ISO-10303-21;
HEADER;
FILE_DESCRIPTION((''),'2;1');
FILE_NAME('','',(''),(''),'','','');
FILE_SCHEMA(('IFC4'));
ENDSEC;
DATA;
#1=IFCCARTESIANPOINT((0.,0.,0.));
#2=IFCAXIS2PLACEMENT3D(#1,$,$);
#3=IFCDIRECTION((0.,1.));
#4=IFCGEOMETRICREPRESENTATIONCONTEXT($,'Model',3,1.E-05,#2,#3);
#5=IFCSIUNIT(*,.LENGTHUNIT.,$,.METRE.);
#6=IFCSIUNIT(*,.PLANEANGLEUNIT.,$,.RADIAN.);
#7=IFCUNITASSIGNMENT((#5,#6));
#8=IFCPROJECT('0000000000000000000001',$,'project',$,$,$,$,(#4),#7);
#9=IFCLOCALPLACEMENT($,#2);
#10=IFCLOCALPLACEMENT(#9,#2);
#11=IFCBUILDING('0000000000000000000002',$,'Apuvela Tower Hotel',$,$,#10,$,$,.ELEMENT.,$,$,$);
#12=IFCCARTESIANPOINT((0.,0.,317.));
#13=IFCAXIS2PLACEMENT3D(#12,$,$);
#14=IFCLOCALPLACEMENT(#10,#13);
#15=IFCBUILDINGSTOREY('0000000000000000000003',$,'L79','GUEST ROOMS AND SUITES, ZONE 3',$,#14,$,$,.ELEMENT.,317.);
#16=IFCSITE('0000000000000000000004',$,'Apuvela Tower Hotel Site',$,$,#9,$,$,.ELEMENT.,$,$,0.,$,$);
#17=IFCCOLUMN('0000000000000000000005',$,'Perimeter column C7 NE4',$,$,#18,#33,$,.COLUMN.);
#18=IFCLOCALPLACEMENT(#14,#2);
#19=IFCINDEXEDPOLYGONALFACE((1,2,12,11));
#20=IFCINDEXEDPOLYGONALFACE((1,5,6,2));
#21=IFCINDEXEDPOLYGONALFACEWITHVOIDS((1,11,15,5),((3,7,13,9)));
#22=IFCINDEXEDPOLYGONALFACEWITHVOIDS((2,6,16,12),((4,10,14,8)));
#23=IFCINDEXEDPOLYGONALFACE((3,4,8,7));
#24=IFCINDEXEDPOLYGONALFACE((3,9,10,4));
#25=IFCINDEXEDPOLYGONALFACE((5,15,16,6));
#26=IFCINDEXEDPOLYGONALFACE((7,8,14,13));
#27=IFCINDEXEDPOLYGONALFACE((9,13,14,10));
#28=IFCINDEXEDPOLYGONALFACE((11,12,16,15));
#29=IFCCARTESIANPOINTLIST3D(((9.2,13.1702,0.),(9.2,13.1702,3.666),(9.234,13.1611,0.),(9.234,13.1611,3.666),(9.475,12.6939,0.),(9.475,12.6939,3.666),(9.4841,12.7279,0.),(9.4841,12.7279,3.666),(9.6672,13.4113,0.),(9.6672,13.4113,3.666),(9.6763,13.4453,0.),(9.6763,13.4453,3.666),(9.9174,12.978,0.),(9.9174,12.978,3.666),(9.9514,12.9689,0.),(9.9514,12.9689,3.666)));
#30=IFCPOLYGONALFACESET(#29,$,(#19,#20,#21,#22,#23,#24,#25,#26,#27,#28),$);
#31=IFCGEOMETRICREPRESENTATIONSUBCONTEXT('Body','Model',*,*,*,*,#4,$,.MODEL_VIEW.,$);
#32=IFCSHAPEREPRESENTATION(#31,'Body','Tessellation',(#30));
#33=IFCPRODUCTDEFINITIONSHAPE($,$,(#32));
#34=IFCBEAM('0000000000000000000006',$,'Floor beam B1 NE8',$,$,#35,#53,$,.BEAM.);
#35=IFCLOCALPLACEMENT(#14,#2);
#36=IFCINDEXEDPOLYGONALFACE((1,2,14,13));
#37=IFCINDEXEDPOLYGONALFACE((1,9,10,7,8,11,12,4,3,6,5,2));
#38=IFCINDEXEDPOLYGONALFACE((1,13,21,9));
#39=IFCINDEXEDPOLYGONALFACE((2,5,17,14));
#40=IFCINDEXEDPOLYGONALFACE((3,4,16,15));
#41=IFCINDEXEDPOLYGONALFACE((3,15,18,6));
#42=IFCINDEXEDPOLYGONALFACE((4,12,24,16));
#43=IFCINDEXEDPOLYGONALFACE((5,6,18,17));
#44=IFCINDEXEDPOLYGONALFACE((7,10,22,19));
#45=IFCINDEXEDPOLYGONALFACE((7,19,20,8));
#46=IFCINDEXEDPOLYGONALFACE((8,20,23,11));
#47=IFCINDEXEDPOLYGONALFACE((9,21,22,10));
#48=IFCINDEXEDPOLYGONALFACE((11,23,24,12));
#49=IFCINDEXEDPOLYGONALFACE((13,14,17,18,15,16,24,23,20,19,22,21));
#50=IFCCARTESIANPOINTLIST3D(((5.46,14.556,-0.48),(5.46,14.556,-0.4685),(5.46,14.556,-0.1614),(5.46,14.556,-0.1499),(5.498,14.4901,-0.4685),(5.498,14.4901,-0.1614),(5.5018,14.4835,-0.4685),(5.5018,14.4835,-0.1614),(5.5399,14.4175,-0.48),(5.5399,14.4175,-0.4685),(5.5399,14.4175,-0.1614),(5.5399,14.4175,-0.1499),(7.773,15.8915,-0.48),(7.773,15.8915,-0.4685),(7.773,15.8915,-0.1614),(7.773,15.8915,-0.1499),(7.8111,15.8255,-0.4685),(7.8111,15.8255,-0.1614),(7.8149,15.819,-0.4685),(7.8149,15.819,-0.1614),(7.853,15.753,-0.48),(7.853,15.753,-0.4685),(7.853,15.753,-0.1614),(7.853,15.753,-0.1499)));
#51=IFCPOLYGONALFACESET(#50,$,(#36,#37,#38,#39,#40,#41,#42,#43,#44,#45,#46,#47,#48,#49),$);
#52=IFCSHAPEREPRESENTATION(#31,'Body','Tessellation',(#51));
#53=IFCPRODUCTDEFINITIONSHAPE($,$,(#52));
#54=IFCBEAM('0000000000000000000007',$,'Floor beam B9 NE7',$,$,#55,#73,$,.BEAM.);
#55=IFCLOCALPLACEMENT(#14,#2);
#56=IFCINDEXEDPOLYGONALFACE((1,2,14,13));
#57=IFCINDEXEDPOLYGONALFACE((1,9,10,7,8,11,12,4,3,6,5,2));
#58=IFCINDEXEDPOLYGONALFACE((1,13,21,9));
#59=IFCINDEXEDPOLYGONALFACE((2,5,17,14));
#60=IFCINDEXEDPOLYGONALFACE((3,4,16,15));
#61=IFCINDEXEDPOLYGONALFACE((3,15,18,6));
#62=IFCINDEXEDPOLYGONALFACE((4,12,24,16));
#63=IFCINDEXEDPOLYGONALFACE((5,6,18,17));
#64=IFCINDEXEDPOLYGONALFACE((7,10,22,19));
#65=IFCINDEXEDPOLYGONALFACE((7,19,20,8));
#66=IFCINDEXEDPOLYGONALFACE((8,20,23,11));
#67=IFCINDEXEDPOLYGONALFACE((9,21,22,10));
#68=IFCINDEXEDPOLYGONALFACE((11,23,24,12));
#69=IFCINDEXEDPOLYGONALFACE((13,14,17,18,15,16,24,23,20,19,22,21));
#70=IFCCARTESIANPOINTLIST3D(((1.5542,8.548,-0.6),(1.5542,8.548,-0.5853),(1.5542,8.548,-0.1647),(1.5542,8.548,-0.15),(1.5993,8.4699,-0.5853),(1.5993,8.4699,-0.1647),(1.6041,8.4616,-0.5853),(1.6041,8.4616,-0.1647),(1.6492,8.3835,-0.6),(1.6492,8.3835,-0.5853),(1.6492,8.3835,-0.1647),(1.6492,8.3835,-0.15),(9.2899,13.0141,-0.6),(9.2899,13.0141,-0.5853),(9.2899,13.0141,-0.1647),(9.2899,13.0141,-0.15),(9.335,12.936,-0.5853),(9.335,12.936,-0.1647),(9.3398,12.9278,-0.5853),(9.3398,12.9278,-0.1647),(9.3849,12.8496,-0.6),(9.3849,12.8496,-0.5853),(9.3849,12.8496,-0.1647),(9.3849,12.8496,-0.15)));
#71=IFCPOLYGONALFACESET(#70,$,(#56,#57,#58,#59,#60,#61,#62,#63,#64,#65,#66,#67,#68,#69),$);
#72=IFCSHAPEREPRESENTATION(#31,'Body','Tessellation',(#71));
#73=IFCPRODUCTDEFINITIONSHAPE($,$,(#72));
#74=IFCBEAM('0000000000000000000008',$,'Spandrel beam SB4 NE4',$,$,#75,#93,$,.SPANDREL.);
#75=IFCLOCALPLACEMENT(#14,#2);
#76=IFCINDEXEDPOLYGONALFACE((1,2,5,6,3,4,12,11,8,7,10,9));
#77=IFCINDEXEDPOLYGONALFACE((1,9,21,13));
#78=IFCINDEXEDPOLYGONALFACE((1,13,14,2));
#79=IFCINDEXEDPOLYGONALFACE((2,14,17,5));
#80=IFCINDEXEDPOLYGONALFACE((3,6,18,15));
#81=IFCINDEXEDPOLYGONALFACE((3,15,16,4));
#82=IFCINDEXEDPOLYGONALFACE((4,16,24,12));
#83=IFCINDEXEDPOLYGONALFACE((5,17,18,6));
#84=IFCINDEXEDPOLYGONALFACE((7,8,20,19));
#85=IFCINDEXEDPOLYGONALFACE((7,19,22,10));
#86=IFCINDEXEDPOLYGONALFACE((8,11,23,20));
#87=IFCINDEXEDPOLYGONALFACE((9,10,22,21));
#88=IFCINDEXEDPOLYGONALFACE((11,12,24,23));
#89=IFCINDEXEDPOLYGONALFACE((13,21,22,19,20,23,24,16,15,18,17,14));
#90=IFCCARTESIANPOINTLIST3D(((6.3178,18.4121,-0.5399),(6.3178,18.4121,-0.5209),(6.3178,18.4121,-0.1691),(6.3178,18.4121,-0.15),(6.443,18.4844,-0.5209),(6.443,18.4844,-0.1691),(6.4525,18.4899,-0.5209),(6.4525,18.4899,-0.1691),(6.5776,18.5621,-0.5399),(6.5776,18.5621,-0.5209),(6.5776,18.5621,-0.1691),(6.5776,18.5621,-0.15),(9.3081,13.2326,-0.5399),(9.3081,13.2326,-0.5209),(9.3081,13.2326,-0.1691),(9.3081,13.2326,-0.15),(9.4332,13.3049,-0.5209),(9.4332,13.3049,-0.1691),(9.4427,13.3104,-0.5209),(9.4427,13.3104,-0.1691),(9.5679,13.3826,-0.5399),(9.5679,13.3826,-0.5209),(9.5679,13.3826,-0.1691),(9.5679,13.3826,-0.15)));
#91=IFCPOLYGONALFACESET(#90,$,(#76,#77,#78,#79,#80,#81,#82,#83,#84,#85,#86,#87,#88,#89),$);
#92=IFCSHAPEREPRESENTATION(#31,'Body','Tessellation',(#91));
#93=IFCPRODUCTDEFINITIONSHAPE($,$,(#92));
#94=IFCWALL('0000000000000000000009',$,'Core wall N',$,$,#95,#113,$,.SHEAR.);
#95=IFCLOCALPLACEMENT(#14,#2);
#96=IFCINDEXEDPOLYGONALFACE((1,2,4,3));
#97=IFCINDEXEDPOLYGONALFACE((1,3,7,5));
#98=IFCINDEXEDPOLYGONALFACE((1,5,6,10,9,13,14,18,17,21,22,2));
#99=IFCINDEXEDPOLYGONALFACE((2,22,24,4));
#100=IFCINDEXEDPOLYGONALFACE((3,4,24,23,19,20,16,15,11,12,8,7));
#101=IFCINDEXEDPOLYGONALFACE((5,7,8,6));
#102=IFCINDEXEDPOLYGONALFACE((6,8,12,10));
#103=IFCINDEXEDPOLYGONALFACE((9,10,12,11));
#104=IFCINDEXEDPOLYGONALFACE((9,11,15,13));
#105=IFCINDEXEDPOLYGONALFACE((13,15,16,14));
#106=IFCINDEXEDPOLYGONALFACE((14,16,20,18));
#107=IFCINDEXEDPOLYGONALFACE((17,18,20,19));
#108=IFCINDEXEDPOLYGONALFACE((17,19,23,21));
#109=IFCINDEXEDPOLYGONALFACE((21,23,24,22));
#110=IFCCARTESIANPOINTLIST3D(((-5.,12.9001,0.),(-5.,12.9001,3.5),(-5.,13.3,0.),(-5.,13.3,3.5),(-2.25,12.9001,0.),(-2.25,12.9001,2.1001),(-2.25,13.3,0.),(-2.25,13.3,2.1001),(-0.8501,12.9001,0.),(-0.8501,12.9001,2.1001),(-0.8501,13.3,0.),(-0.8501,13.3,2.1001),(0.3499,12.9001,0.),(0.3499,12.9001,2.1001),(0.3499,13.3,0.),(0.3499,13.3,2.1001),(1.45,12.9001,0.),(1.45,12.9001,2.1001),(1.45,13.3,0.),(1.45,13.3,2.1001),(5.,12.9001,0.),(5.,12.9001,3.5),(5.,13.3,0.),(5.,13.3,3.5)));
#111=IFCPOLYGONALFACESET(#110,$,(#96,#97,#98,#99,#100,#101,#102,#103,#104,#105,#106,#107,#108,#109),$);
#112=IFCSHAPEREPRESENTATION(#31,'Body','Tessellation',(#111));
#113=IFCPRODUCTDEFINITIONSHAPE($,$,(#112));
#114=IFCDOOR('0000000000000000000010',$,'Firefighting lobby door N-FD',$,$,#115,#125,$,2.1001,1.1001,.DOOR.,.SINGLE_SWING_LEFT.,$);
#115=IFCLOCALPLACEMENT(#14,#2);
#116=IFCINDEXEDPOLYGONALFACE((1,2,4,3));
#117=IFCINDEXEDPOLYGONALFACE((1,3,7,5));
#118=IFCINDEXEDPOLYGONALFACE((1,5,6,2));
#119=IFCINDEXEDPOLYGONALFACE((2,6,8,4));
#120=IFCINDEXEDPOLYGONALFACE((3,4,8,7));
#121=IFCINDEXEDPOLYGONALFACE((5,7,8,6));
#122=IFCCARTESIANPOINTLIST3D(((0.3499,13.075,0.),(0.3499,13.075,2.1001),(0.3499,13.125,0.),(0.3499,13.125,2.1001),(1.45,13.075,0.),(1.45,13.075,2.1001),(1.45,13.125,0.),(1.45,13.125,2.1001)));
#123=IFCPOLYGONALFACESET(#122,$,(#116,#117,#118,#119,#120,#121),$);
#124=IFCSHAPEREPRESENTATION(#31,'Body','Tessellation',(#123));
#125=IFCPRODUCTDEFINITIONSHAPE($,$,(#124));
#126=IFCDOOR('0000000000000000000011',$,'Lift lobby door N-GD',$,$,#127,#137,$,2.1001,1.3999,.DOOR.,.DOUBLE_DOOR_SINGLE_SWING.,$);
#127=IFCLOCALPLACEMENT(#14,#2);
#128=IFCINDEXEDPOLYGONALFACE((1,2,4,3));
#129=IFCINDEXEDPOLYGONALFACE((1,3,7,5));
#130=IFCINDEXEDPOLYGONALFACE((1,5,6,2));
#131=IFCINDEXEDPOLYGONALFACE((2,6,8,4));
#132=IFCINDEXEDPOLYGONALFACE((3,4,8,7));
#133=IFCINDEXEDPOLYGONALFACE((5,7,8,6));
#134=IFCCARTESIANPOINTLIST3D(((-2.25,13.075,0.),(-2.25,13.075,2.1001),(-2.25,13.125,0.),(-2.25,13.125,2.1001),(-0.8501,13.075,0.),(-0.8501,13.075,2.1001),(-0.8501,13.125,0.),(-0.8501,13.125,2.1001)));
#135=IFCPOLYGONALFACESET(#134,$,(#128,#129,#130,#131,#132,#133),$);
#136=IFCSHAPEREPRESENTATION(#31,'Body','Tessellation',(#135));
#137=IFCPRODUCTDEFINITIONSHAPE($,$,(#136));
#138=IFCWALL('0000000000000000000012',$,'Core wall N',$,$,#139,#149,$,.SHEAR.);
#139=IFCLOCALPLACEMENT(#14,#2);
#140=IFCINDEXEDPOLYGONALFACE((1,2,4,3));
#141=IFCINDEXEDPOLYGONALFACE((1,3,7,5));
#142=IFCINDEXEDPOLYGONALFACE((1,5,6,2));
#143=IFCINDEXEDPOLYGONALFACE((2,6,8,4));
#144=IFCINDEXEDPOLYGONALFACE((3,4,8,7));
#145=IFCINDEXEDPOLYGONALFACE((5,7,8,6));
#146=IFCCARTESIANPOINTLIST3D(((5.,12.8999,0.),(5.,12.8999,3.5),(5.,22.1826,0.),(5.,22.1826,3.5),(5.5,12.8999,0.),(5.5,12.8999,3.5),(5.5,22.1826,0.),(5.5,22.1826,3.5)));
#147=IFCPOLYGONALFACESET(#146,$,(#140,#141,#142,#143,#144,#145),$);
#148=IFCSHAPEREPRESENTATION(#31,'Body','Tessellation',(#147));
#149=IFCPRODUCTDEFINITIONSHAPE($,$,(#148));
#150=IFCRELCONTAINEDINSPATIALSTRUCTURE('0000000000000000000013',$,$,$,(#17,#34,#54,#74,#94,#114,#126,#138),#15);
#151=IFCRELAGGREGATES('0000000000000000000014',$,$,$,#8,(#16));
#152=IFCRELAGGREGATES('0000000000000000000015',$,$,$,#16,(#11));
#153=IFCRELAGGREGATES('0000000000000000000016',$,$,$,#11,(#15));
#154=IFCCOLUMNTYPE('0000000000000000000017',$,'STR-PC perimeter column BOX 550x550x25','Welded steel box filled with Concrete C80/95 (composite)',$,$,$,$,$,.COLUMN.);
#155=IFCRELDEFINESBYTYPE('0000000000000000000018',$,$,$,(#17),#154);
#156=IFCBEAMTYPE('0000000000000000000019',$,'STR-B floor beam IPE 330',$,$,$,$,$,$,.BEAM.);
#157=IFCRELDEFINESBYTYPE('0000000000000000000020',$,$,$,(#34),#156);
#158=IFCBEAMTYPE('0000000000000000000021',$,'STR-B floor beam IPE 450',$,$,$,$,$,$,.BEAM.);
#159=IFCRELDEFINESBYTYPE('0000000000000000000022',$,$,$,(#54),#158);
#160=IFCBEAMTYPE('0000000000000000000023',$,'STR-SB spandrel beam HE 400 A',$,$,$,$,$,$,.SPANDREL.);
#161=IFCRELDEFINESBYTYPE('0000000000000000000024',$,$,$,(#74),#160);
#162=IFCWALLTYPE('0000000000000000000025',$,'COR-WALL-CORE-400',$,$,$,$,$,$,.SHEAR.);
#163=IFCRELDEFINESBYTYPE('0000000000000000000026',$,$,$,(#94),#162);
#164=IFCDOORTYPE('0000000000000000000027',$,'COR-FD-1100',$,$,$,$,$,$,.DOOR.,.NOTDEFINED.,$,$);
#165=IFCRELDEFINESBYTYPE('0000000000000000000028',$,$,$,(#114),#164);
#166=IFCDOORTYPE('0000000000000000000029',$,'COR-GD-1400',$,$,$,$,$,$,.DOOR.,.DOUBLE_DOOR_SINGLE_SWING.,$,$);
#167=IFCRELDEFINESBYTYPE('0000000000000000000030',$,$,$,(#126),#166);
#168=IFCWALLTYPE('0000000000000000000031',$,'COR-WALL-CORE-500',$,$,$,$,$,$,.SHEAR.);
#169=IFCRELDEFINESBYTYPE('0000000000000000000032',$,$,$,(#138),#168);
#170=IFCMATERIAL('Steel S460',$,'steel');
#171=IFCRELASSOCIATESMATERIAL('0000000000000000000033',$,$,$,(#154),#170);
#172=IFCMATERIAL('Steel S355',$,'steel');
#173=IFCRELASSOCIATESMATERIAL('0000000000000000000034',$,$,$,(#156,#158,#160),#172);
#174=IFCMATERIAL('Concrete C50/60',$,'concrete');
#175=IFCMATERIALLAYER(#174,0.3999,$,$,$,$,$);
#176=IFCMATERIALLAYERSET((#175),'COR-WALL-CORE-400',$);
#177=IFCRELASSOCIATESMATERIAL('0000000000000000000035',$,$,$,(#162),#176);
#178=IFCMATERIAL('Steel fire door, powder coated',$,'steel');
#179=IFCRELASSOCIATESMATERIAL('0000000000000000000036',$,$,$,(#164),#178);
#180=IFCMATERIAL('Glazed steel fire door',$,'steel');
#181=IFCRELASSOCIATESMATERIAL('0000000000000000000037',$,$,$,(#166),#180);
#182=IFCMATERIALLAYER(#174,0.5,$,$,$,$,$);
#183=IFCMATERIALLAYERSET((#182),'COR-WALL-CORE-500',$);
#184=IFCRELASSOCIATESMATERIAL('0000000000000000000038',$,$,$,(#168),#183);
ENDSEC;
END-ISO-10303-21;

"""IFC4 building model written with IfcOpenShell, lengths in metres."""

from ifc_helpers import new_model, si_unit, direction, frame, frame_2d, origin, origin_2d, place, context, subcontext, project, spatial, rectangle, hollow_rectangle, i_section, extrude, boolean, halfspace, material, layer, layer_set, material_profile, profile_set, type_object, element, fill, save


model = new_model("IFC4")

# Units and contexts
model_context = context("Model", 3, precision=1e-05, world=origin(), true_north=direction((0.0, 1.0)))
body_context = subcontext(model_context, "Body", "Model", "MODEL_VIEW")
ifc_project = project(units=[si_unit("LENGTHUNIT", "METRE"), si_unit("PLANEANGLEUNIT", "RADIAN")], contexts=[model_context])

# Site, building, storey
site_placement = place(None, origin())
site = spatial("IfcSite", under=ifc_project, at=site_placement, Name="Apuvela Tower Hotel Site", CompositionType="ELEMENT", RefElevation=0.0)
building_placement = place(site_placement, origin())
building = spatial("IfcBuilding", under=site, at=building_placement, Name="Apuvela Tower Hotel", CompositionType="ELEMENT")
storey_placement = place(building_placement, frame((0.0, 0.0, 317.0)))
storey = spatial("IfcBuildingStorey", under=building, at=storey_placement, Name="L79", Description="GUEST ROOMS AND SUITES, ZONE 3", CompositionType="ELEMENT", Elevation=317.0)

# Column
ifc_material_1 = material(Name="Steel S460", Category="steel")
ifc_material_profile_1 = material_profile(ifc_material_1, hollow_rectangle(XDim=0.55, YDim=0.55, WallThickness=0.0249, at=origin_2d()), Name="BOX 550x550x25")
ifc_material_2 = material(Name="Concrete C80/95", Category="concrete")
ifc_material_profile_2 = material_profile(ifc_material_2, rectangle(XDim=0.5, YDim=0.5, at=origin_2d()), Name="Concrete C80/95 infill")
ifc_profile_set_1 = profile_set([ifc_material_profile_1, ifc_material_profile_2], Name="Steel S460")
column_type = type_object("IfcColumnType", Name="STR-PC perimeter column BOX 550x550x25", Description="Welded steel box filled with Concrete C80/95 (composite)", PredefinedType="COLUMN", material=ifc_profile_set_1)
column_placement = place(storey_placement, frame((9.5757, 13.0696, 0.0), z_axis=(0.0, 0.0, 1.0), x_axis=(-0.5, 0.866025, 0.0)))
element("IfcColumn", 1, at=column_placement, inside=storey, type_object=column_type, Name="Perimeter column C7 NE4", PredefinedType="COLUMN", context=body_context, shape_type="SweptSolid", body=[
    boolean("DIFFERENCE", extrude(hollow_rectangle(XDim=0.55, YDim=0.55, WallThickness=0.0249, at=origin_2d()), origin(), (0.0, 0.0, 1.0), 3.7), halfspace(frame((0.0, 0.0, 3.666), z_axis=(0.0, 0.0, 1.0), x_axis=(1.0, 0.0, 0.0)), False)),
])

# Beams
ifc_material_3 = material(Name="Steel S355", Category="steel")
ifc_material_profile_3 = material_profile(ifc_material_3, i_section(OverallWidth=0.1599, OverallDepth=0.3301, WebThickness=0.0076, FlangeThickness=0.0115, at=origin_2d()), Name="IPE 330")
ifc_profile_set_2 = profile_set([ifc_material_profile_3], Name="Steel S355")
beam_type_1 = type_object("IfcBeamType", Name="STR-B floor beam IPE 330", PredefinedType="BEAM", material=ifc_profile_set_2)
beam_1_placement = place(storey_placement, frame((7.813, 15.8223, -0.3149), z_axis=(-0.866018, -0.500013, 0.0), x_axis=(0.500013, -0.866018, 0.0)))
element("IfcBeam", 2, at=beam_1_placement, inside=storey, type_object=beam_type_1, Name="Floor beam B1 NE8", PredefinedType="BEAM", context=body_context, shape_type="SweptSolid", body=[
    extrude(i_section(OverallWidth=0.1599, OverallDepth=0.3301, WebThickness=0.0076, FlangeThickness=0.0115, at=origin_2d()), origin(), (0.0, 0.0, 1.0), 2.6709),
])
ifc_material_profile_4 = material_profile(ifc_material_3, i_section(OverallWidth=0.1899, OverallDepth=0.45, WebThickness=0.0095, FlangeThickness=0.0146, at=origin_2d()), Name="IPE 450")
ifc_profile_set_3 = profile_set([ifc_material_profile_4], Name="Steel S355")
beam_type_2 = type_object("IfcBeamType", Name="STR-B floor beam IPE 450", PredefinedType="BEAM", material=ifc_profile_set_3)
beam_2_placement = place(storey_placement, frame((9.3374, 12.9319, -0.375), z_axis=(-0.866029, -0.499993, 0.0), x_axis=(0.499993, -0.866029, 0.0)))
element("IfcBeam", 3, at=beam_2_placement, inside=storey, type_object=beam_type_2, Name="Floor beam B9 NE7", PredefinedType="BEAM", context=body_context, shape_type="SweptSolid", body=[
    extrude(i_section(OverallWidth=0.1899, OverallDepth=0.45, WebThickness=0.0095, FlangeThickness=0.0146, at=origin_2d()), origin(), (0.0, 0.0, 1.0), 8.9324),
])
ifc_material_profile_5 = material_profile(ifc_material_3, i_section(OverallWidth=0.3, OverallDepth=0.3899, WebThickness=0.011, FlangeThickness=0.019, at=origin_2d()), Name="HE 400 A")
ifc_profile_set_4 = profile_set([ifc_material_profile_5], Name="Steel S355")
beam_type_3 = type_object("IfcBeamType", Name="STR-SB spandrel beam HE 400 A", PredefinedType="SPANDREL", material=ifc_profile_set_4)
beam_3_placement = place(storey_placement, frame((9.438, 13.3076, -0.345), z_axis=(-0.499985, 0.866034, 0.0), x_axis=(-0.866034, -0.499985, 0.0)))
element("IfcBeam", 4, at=beam_3_placement, inside=storey, type_object=beam_type_3, Name="Spandrel beam SB4 NE4", PredefinedType="SPANDREL", context=body_context, shape_type="SweptSolid", body=[
    extrude(i_section(OverallWidth=0.3, OverallDepth=0.3899, WebThickness=0.011, FlangeThickness=0.019, at=origin_2d()), origin(), (0.0, 0.0, 1.0), 5.9807),
])

# Wall, openings, doors
ifc_material_4 = material(Name="Concrete C50/60", Category="concrete")
ifc_layer_1 = layer(ifc_material_4, 0.3999)
ifc_layer_set_1 = layer_set([ifc_layer_1], Name="COR-WALL-CORE-400")
wall_type_1 = type_object("IfcWallType", Name="COR-WALL-CORE-400", PredefinedType="SHEAR", material=ifc_layer_set_1)
wall_1_placement = place(storey_placement, frame((5.0, 13.1001, 0.0), z_axis=(0.0, 0.0, 1.0), x_axis=(-1.0, 0.0, 0.0)))
wall_1 = element("IfcWall", 5, at=wall_1_placement, inside=storey, type_object=wall_type_1, Name="Core wall N", PredefinedType="SHEAR", context=body_context, shape_type="SweptSolid", body=[
    extrude(rectangle(XDim=10.0, YDim=0.3999, at=frame_2d((5.0, 0.0))), origin(), (0.0, 0.0, 1.0), 3.5),
])
opening_1_placement = place(wall_1_placement, frame((3.55, 0.0, 0.0)))
opening_1 = element("IfcOpeningElement", 6, at=opening_1_placement, cuts=wall_1, PredefinedType="OPENING", context=body_context, shape_type="SweptSolid", body=[
    extrude(rectangle(XDim=1.1001, YDim=2.1001, at=frame_2d((0.55, 1.05))), frame((0.0, 0.21, 0.0), z_axis=(0.0, -1.0, 0.0), x_axis=(1.0, 0.0, 0.0)), (0.0, 0.0, 1.0), 0.4199),
])
opening_2_placement = place(wall_1_placement, frame((5.8501, 0.0, 0.0)))
opening_2 = element("IfcOpeningElement", 7, at=opening_2_placement, cuts=wall_1, PredefinedType="OPENING", context=body_context, shape_type="SweptSolid", body=[
    extrude(rectangle(XDim=1.3999, YDim=2.1001, at=frame_2d((0.7, 1.05))), frame((0.0, 0.21, 0.0), z_axis=(0.0, -1.0, 0.0), x_axis=(1.0, 0.0, 0.0)), (0.0, 0.0, 1.0), 0.4199),
])
ifc_material_5 = material(Name="Steel fire door, powder coated", Category="steel")
door_type_1 = type_object("IfcDoorType", Name="COR-FD-1100", OperationType="NOTDEFINED", PredefinedType="DOOR", material=ifc_material_5)
door_1_placement = place(opening_1_placement, frame((1.1001, 0.0, 0.0), z_axis=(0.0, 0.0, 1.0), x_axis=(-1.0, 0.0, 0.0)))
door_1 = element("IfcDoor", 8, at=door_1_placement, inside=storey, type_object=door_type_1, Name="Firefighting lobby door N-FD", OperationType="SINGLE_SWING_LEFT", OverallHeight=2.1001, OverallWidth=1.1001, PredefinedType="DOOR", context=body_context, shape_type="SweptSolid", body=[
    extrude(rectangle(XDim=1.1001, YDim=2.1001, at=frame_2d((0.55, 1.05))), frame((0.0, 0.0249, 0.0), z_axis=(0.0, -1.0, 0.0), x_axis=(1.0, 0.0, 0.0)), (0.0, 0.0, 1.0), 0.05),
])
fill(opening_1, door_1)
ifc_material_6 = material(Name="Glazed steel fire door", Category="steel")
door_type_2 = type_object("IfcDoorType", Name="COR-GD-1400", OperationType="DOUBLE_DOOR_SINGLE_SWING", PredefinedType="DOOR", material=ifc_material_6)
door_2_placement = place(opening_2_placement, frame((1.3999, 0.0, 0.0), z_axis=(0.0, 0.0, 1.0), x_axis=(-1.0, 0.0, 0.0)))
door_2 = element("IfcDoor", 9, at=door_2_placement, inside=storey, type_object=door_type_2, Name="Lift lobby door N-GD", OperationType="DOUBLE_DOOR_SINGLE_SWING", OverallHeight=2.1001, OverallWidth=1.3999, PredefinedType="DOOR", context=body_context, shape_type="SweptSolid", body=[
    extrude(rectangle(XDim=1.3999, YDim=2.1001, at=frame_2d((0.7, 1.05))), frame((0.0, 0.0249, 0.0), z_axis=(0.0, -1.0, 0.0), x_axis=(1.0, 0.0, 0.0)), (0.0, 0.0, 1.0), 0.05),
])
fill(opening_2, door_2)

# Wall
ifc_layer_2 = layer(ifc_material_4, 0.5)
ifc_layer_set_2 = layer_set([ifc_layer_2], Name="COR-WALL-CORE-500")
wall_type_2 = type_object("IfcWallType", Name="COR-WALL-CORE-500", PredefinedType="SHEAR", material=ifc_layer_set_2)
wall_2_placement = place(storey_placement, frame((5.25, 12.8999, 0.0), z_axis=(0.0, 0.0, 1.0), x_axis=(0.0, 1.0, 0.0)))
element("IfcWall", 10, at=wall_2_placement, inside=storey, type_object=wall_type_2, Name="Core wall N", PredefinedType="SHEAR", context=body_context, shape_type="SweptSolid", body=[
    extrude(rectangle(XDim=9.2827, YDim=0.5, at=frame_2d((4.6414, 0.0))), origin(), (0.0, 0.0, 1.0), 3.5),
])

save(model, "model.ifc")
